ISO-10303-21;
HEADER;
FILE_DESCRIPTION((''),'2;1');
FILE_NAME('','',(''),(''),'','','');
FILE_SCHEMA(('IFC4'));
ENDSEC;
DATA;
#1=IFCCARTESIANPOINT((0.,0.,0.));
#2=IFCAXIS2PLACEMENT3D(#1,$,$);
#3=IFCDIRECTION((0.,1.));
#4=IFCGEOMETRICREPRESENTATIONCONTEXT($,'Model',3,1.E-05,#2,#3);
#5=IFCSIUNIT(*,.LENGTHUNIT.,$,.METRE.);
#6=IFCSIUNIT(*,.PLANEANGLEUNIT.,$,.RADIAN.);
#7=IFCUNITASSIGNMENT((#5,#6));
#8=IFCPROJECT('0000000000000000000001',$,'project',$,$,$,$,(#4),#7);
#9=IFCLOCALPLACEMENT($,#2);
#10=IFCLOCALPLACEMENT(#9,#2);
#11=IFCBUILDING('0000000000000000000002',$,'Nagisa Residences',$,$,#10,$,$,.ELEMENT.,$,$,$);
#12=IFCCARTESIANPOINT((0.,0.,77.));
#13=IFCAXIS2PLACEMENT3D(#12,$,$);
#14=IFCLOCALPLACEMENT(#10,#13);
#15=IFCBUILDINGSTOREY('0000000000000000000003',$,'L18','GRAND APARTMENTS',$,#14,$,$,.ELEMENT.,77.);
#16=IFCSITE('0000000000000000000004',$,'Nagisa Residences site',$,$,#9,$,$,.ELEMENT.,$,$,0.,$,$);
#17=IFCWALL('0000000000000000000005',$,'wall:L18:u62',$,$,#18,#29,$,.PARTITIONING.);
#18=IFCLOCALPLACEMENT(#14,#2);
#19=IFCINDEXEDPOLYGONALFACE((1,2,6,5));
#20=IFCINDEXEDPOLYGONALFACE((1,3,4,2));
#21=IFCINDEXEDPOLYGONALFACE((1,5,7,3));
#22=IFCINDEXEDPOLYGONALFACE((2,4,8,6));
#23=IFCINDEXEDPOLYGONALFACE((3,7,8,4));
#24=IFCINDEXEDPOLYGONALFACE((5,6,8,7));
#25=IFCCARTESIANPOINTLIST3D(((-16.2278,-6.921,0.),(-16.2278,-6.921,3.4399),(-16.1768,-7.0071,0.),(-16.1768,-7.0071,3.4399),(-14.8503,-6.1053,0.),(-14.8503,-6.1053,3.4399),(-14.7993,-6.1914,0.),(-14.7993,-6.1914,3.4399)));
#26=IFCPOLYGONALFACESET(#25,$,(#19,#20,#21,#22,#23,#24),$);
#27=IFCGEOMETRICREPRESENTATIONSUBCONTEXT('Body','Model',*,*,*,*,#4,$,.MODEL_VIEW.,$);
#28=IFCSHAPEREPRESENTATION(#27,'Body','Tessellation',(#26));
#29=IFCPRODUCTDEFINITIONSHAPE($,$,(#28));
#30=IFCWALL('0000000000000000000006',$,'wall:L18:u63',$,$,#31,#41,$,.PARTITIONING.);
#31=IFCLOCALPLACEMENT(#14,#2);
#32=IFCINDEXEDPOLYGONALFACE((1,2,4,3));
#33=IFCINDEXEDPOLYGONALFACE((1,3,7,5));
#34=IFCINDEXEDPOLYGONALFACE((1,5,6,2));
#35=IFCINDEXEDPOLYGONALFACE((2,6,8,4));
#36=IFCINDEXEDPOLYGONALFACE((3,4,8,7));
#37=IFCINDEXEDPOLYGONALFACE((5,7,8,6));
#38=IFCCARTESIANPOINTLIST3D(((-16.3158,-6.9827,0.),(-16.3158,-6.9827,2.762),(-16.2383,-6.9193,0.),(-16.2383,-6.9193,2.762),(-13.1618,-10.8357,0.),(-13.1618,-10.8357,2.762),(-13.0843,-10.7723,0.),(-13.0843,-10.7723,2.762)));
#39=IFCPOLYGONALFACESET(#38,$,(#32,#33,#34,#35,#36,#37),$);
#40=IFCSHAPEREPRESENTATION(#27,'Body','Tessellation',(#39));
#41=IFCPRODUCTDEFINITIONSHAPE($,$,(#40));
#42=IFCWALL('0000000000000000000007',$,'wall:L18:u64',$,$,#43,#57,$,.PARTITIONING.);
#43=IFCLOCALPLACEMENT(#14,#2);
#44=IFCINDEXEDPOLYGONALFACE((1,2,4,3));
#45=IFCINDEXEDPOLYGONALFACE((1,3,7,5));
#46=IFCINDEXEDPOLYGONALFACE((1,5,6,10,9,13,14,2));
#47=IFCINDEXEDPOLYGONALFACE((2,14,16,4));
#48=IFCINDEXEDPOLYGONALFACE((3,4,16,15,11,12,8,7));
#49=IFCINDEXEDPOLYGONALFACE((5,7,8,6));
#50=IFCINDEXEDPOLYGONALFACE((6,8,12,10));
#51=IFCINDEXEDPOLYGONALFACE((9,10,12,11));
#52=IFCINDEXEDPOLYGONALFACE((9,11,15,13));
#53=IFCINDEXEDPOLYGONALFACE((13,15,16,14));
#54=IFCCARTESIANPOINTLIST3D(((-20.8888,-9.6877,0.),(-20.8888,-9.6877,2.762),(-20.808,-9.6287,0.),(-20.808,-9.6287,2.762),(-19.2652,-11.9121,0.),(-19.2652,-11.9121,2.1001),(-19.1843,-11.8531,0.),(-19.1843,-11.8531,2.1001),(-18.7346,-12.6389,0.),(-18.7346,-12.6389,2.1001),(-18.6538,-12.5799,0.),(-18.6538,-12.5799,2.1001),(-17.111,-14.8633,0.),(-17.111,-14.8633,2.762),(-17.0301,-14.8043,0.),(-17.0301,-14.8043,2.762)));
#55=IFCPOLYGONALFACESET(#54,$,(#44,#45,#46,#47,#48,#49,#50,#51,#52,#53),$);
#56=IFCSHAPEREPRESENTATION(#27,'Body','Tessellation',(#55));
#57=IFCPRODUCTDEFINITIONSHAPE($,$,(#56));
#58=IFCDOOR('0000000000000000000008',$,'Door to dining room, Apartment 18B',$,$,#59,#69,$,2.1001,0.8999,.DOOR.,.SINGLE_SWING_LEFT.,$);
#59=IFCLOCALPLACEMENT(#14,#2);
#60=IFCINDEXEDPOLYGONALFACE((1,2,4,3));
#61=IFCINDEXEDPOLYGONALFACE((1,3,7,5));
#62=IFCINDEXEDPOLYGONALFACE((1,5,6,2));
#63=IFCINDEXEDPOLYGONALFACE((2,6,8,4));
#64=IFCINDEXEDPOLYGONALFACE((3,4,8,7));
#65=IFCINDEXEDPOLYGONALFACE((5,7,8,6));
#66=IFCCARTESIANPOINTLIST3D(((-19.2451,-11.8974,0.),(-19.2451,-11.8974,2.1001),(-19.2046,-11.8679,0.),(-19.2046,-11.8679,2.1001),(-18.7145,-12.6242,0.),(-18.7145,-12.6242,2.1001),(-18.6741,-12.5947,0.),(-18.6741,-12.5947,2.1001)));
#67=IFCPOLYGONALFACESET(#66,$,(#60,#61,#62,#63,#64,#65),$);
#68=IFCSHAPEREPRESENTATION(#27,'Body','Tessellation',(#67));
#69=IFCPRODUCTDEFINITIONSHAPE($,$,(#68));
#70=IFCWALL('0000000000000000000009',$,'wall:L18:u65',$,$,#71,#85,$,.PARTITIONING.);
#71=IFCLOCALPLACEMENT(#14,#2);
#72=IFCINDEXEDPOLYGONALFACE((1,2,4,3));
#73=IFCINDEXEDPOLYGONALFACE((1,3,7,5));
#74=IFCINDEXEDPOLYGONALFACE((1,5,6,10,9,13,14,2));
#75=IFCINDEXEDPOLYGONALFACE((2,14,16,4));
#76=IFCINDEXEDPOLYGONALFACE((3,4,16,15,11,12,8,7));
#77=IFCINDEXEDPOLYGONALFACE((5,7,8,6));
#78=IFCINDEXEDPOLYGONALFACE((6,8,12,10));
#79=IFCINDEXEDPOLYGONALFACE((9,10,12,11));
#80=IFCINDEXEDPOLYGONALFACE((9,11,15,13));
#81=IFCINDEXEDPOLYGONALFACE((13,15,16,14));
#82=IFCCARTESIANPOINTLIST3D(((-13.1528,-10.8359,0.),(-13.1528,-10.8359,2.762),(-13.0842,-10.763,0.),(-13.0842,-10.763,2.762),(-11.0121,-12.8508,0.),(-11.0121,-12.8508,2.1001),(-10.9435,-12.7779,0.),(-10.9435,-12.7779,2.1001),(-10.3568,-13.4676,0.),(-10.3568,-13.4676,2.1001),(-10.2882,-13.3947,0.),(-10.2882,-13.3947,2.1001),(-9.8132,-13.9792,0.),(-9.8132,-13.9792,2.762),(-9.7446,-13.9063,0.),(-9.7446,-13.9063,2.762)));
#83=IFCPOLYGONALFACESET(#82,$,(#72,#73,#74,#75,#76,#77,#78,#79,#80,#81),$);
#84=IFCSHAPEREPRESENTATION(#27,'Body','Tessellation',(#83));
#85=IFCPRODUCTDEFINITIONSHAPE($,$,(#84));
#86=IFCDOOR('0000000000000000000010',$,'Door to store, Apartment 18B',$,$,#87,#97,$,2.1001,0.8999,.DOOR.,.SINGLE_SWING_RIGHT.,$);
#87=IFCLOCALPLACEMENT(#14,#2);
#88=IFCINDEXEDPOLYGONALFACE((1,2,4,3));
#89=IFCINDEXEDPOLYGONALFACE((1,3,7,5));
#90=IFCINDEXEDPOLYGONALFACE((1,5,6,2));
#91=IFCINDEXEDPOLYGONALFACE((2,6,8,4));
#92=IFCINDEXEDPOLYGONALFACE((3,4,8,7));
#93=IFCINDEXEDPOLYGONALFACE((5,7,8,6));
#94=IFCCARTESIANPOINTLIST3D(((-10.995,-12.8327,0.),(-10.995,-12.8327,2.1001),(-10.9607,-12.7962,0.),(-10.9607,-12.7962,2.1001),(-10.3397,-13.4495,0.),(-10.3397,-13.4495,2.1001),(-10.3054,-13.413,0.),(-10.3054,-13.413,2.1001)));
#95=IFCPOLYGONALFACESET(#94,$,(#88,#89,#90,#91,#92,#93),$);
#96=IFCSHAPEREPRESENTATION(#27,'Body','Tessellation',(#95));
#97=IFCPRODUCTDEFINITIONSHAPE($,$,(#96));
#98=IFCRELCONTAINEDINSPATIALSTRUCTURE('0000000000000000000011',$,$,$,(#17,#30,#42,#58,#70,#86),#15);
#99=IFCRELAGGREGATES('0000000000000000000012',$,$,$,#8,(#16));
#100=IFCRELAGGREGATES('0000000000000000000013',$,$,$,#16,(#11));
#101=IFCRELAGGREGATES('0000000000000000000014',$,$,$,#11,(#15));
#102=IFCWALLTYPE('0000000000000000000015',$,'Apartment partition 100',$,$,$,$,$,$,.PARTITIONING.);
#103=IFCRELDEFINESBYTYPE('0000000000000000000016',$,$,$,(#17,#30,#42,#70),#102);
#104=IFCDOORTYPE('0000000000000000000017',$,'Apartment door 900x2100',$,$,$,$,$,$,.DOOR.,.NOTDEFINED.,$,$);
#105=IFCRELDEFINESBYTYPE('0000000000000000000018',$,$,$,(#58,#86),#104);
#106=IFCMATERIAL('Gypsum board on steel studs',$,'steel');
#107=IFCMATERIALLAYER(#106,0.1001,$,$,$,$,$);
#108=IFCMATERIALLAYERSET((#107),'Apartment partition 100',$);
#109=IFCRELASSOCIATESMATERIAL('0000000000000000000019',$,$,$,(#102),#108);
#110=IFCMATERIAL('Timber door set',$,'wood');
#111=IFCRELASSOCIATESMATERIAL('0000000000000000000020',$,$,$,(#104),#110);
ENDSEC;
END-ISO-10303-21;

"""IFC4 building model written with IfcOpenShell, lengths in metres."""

from ifc_helpers import new_model, si_unit, direction, frame, frame_2d, origin, place, context, subcontext, project, spatial, rectangle, extrude, material, layer, layer_set, type_object, element, fill, save


model = new_model("IFC4")

# Units and contexts
model_context = context("Model", 3, precision=1e-05, world=origin(), true_north=direction((0.0, 1.0)))
body_context = subcontext(model_context, "Body", "Model", "MODEL_VIEW")
ifc_project = project(units=[si_unit("LENGTHUNIT", "METRE"), si_unit("PLANEANGLEUNIT", "RADIAN")], contexts=[model_context])

# Site, building, storey
site_placement = place(None, origin())
site = spatial("IfcSite", under=ifc_project, at=site_placement, Name="Nagisa Residences site", CompositionType="ELEMENT", RefElevation=0.0)
building_placement = place(site_placement, origin())
building = spatial("IfcBuilding", under=site, at=building_placement, Name="Nagisa Residences", CompositionType="ELEMENT")
storey_placement = place(building_placement, frame((0.0, 0.0, 77.0)))
storey = spatial("IfcBuildingStorey", under=building, at=storey_placement, Name="L18", Description="GRAND APARTMENTS", CompositionType="ELEMENT", Elevation=77.0)

# Shared definitions
ifc_material_1 = material(Name="Gypsum board on steel studs", Category="steel")
ifc_layer_1 = layer(ifc_material_1, 0.1001)
ifc_layer_set_1 = layer_set([ifc_layer_1], Name="Apartment partition 100")
wall_type_1 = type_object("IfcWallType", Name="Apartment partition 100", PredefinedType="PARTITIONING", material=ifc_layer_set_1)
ifc_material_2 = material(Name="Timber door set", Category="wood")
door_type_1 = type_object("IfcDoorType", Name="Apartment door 900x2100", OperationType="NOTDEFINED", PredefinedType="DOOR", material=ifc_material_2)

# Walls
wall_1_placement = place(storey_placement, frame((-14.825, -6.1484, 0.0), z_axis=(0.0, 0.0, 1.0), x_axis=(-0.860453, -0.509531, 0.0)))
element("IfcWall", 1, at=wall_1_placement, inside=storey, type_object=wall_type_1, Name="wall:L18:u62", PredefinedType="PARTITIONING", context=body_context, shape_type="SweptSolid", body=[
    extrude(rectangle(XDim=1.6008, YDim=0.1001, at=frame_2d((0.8003, 0.0))), origin(), (0.0, 0.0, 1.0), 3.4399),
])
wall_2_placement = place(storey_placement, frame((-16.2771, -6.9509, 0.0), z_axis=(0.0, 0.0, 1.0), x_axis=(0.633427, -0.773802, 0.0)))
element("IfcWall", 2, at=wall_2_placement, inside=storey, type_object=wall_type_1, Name="wall:L18:u63", PredefinedType="PARTITIONING", context=body_context, shape_type="SweptSolid", body=[
    extrude(rectangle(XDim=4.9792, YDim=0.1001, at=frame_2d((2.4897, 0.0))), origin(), (0.0, 0.0, 1.0), 2.762),
])

# Walls, openings, doors
wall_3_placement = place(storey_placement, frame((-20.8484, -9.6582, 0.0), z_axis=(0.0, 0.0, 1.0), x_axis=(0.58958, -0.80771, 0.0)))
wall_3 = element("IfcWall", 3, at=wall_3_placement, inside=storey, type_object=wall_type_1, Name="wall:L18:u64", PredefinedType="PARTITIONING", context=body_context, shape_type="SweptSolid", body=[
    extrude(rectangle(XDim=6.4077, YDim=0.1001, at=frame_2d((3.2039, 0.0))), origin(), (0.0, 0.0, 1.0), 2.762),
])
opening_1_placement = place(wall_3_placement, frame((2.7539, 0.0, 0.0)))
opening_1 = element("IfcOpeningElement", 4, at=opening_1_placement, cuts=wall_3, PredefinedType="OPENING", context=body_context, shape_type="SweptSolid", body=[
    extrude(rectangle(XDim=0.8999, YDim=2.1001, at=frame_2d((0.45, 1.05))), frame((0.0, 0.0601, 0.0), z_axis=(0.0, -1.0, 0.0), x_axis=(1.0, 0.0, 0.0)), (0.0, 0.0, 1.0), 0.1201),
])
door_1_placement = place(opening_1_placement, origin())
door_1 = element("IfcDoor", 5, at=door_1_placement, inside=storey, type_object=door_type_1, Name="Door to dining room, Apartment 18B", OperationType="SINGLE_SWING_LEFT", OverallHeight=2.1001, OverallWidth=0.8999, PredefinedType="DOOR", context=body_context, shape_type="SweptSolid", body=[
    extrude(rectangle(XDim=0.8999, YDim=2.1001, at=frame_2d((0.45, 1.05))), frame((0.0, 0.0249, 0.0), z_axis=(0.0, -1.0, 0.0), x_axis=(1.0, 0.0, 0.0)), (0.0, 0.0, 1.0), 0.05),
])
fill(opening_1, door_1)
wall_4_placement = place(storey_placement, frame((-13.1184, -10.7996, 0.0), z_axis=(0.0, 0.0, 1.0), x_axis=(0.728183, -0.685383, 0.0)))
wall_4 = element("IfcWall", 6, at=wall_4_placement, inside=storey, type_object=wall_type_1, Name="wall:L18:u65", PredefinedType="PARTITIONING", context=body_context, shape_type="SweptSolid", body=[
    extrude(rectangle(XDim=4.5862, YDim=0.1001, at=frame_2d((2.293, 0.0))), origin(), (0.0, 0.0, 1.0), 2.762),
])
opening_2_placement = place(wall_4_placement, frame((2.9397, 0.0, 0.0)))
opening_2 = element("IfcOpeningElement", 7, at=opening_2_placement, cuts=wall_4, PredefinedType="OPENING", context=body_context, shape_type="SweptSolid", body=[
    extrude(rectangle(XDim=0.8999, YDim=2.1001, at=frame_2d((0.45, 1.05))), frame((0.0, 0.0601, 0.0), z_axis=(0.0, -1.0, 0.0), x_axis=(1.0, 0.0, 0.0)), (0.0, 0.0, 1.0), 0.1201),
])
door_2_placement = place(opening_2_placement, origin())
door_2 = element("IfcDoor", 8, at=door_2_placement, inside=storey, type_object=door_type_1, Name="Door to store, Apartment 18B", OperationType="SINGLE_SWING_RIGHT", OverallHeight=2.1001, OverallWidth=0.8999, PredefinedType="DOOR", context=body_context, shape_type="SweptSolid", body=[
    extrude(rectangle(XDim=0.8999, YDim=2.1001, at=frame_2d((0.45, 1.05))), frame((0.0, 0.0249, 0.0), z_axis=(0.0, -1.0, 0.0), x_axis=(1.0, 0.0, 0.0)), (0.0, 0.0, 1.0), 0.05),
])
fill(opening_2, door_2)

save(model, "model.ifc")
